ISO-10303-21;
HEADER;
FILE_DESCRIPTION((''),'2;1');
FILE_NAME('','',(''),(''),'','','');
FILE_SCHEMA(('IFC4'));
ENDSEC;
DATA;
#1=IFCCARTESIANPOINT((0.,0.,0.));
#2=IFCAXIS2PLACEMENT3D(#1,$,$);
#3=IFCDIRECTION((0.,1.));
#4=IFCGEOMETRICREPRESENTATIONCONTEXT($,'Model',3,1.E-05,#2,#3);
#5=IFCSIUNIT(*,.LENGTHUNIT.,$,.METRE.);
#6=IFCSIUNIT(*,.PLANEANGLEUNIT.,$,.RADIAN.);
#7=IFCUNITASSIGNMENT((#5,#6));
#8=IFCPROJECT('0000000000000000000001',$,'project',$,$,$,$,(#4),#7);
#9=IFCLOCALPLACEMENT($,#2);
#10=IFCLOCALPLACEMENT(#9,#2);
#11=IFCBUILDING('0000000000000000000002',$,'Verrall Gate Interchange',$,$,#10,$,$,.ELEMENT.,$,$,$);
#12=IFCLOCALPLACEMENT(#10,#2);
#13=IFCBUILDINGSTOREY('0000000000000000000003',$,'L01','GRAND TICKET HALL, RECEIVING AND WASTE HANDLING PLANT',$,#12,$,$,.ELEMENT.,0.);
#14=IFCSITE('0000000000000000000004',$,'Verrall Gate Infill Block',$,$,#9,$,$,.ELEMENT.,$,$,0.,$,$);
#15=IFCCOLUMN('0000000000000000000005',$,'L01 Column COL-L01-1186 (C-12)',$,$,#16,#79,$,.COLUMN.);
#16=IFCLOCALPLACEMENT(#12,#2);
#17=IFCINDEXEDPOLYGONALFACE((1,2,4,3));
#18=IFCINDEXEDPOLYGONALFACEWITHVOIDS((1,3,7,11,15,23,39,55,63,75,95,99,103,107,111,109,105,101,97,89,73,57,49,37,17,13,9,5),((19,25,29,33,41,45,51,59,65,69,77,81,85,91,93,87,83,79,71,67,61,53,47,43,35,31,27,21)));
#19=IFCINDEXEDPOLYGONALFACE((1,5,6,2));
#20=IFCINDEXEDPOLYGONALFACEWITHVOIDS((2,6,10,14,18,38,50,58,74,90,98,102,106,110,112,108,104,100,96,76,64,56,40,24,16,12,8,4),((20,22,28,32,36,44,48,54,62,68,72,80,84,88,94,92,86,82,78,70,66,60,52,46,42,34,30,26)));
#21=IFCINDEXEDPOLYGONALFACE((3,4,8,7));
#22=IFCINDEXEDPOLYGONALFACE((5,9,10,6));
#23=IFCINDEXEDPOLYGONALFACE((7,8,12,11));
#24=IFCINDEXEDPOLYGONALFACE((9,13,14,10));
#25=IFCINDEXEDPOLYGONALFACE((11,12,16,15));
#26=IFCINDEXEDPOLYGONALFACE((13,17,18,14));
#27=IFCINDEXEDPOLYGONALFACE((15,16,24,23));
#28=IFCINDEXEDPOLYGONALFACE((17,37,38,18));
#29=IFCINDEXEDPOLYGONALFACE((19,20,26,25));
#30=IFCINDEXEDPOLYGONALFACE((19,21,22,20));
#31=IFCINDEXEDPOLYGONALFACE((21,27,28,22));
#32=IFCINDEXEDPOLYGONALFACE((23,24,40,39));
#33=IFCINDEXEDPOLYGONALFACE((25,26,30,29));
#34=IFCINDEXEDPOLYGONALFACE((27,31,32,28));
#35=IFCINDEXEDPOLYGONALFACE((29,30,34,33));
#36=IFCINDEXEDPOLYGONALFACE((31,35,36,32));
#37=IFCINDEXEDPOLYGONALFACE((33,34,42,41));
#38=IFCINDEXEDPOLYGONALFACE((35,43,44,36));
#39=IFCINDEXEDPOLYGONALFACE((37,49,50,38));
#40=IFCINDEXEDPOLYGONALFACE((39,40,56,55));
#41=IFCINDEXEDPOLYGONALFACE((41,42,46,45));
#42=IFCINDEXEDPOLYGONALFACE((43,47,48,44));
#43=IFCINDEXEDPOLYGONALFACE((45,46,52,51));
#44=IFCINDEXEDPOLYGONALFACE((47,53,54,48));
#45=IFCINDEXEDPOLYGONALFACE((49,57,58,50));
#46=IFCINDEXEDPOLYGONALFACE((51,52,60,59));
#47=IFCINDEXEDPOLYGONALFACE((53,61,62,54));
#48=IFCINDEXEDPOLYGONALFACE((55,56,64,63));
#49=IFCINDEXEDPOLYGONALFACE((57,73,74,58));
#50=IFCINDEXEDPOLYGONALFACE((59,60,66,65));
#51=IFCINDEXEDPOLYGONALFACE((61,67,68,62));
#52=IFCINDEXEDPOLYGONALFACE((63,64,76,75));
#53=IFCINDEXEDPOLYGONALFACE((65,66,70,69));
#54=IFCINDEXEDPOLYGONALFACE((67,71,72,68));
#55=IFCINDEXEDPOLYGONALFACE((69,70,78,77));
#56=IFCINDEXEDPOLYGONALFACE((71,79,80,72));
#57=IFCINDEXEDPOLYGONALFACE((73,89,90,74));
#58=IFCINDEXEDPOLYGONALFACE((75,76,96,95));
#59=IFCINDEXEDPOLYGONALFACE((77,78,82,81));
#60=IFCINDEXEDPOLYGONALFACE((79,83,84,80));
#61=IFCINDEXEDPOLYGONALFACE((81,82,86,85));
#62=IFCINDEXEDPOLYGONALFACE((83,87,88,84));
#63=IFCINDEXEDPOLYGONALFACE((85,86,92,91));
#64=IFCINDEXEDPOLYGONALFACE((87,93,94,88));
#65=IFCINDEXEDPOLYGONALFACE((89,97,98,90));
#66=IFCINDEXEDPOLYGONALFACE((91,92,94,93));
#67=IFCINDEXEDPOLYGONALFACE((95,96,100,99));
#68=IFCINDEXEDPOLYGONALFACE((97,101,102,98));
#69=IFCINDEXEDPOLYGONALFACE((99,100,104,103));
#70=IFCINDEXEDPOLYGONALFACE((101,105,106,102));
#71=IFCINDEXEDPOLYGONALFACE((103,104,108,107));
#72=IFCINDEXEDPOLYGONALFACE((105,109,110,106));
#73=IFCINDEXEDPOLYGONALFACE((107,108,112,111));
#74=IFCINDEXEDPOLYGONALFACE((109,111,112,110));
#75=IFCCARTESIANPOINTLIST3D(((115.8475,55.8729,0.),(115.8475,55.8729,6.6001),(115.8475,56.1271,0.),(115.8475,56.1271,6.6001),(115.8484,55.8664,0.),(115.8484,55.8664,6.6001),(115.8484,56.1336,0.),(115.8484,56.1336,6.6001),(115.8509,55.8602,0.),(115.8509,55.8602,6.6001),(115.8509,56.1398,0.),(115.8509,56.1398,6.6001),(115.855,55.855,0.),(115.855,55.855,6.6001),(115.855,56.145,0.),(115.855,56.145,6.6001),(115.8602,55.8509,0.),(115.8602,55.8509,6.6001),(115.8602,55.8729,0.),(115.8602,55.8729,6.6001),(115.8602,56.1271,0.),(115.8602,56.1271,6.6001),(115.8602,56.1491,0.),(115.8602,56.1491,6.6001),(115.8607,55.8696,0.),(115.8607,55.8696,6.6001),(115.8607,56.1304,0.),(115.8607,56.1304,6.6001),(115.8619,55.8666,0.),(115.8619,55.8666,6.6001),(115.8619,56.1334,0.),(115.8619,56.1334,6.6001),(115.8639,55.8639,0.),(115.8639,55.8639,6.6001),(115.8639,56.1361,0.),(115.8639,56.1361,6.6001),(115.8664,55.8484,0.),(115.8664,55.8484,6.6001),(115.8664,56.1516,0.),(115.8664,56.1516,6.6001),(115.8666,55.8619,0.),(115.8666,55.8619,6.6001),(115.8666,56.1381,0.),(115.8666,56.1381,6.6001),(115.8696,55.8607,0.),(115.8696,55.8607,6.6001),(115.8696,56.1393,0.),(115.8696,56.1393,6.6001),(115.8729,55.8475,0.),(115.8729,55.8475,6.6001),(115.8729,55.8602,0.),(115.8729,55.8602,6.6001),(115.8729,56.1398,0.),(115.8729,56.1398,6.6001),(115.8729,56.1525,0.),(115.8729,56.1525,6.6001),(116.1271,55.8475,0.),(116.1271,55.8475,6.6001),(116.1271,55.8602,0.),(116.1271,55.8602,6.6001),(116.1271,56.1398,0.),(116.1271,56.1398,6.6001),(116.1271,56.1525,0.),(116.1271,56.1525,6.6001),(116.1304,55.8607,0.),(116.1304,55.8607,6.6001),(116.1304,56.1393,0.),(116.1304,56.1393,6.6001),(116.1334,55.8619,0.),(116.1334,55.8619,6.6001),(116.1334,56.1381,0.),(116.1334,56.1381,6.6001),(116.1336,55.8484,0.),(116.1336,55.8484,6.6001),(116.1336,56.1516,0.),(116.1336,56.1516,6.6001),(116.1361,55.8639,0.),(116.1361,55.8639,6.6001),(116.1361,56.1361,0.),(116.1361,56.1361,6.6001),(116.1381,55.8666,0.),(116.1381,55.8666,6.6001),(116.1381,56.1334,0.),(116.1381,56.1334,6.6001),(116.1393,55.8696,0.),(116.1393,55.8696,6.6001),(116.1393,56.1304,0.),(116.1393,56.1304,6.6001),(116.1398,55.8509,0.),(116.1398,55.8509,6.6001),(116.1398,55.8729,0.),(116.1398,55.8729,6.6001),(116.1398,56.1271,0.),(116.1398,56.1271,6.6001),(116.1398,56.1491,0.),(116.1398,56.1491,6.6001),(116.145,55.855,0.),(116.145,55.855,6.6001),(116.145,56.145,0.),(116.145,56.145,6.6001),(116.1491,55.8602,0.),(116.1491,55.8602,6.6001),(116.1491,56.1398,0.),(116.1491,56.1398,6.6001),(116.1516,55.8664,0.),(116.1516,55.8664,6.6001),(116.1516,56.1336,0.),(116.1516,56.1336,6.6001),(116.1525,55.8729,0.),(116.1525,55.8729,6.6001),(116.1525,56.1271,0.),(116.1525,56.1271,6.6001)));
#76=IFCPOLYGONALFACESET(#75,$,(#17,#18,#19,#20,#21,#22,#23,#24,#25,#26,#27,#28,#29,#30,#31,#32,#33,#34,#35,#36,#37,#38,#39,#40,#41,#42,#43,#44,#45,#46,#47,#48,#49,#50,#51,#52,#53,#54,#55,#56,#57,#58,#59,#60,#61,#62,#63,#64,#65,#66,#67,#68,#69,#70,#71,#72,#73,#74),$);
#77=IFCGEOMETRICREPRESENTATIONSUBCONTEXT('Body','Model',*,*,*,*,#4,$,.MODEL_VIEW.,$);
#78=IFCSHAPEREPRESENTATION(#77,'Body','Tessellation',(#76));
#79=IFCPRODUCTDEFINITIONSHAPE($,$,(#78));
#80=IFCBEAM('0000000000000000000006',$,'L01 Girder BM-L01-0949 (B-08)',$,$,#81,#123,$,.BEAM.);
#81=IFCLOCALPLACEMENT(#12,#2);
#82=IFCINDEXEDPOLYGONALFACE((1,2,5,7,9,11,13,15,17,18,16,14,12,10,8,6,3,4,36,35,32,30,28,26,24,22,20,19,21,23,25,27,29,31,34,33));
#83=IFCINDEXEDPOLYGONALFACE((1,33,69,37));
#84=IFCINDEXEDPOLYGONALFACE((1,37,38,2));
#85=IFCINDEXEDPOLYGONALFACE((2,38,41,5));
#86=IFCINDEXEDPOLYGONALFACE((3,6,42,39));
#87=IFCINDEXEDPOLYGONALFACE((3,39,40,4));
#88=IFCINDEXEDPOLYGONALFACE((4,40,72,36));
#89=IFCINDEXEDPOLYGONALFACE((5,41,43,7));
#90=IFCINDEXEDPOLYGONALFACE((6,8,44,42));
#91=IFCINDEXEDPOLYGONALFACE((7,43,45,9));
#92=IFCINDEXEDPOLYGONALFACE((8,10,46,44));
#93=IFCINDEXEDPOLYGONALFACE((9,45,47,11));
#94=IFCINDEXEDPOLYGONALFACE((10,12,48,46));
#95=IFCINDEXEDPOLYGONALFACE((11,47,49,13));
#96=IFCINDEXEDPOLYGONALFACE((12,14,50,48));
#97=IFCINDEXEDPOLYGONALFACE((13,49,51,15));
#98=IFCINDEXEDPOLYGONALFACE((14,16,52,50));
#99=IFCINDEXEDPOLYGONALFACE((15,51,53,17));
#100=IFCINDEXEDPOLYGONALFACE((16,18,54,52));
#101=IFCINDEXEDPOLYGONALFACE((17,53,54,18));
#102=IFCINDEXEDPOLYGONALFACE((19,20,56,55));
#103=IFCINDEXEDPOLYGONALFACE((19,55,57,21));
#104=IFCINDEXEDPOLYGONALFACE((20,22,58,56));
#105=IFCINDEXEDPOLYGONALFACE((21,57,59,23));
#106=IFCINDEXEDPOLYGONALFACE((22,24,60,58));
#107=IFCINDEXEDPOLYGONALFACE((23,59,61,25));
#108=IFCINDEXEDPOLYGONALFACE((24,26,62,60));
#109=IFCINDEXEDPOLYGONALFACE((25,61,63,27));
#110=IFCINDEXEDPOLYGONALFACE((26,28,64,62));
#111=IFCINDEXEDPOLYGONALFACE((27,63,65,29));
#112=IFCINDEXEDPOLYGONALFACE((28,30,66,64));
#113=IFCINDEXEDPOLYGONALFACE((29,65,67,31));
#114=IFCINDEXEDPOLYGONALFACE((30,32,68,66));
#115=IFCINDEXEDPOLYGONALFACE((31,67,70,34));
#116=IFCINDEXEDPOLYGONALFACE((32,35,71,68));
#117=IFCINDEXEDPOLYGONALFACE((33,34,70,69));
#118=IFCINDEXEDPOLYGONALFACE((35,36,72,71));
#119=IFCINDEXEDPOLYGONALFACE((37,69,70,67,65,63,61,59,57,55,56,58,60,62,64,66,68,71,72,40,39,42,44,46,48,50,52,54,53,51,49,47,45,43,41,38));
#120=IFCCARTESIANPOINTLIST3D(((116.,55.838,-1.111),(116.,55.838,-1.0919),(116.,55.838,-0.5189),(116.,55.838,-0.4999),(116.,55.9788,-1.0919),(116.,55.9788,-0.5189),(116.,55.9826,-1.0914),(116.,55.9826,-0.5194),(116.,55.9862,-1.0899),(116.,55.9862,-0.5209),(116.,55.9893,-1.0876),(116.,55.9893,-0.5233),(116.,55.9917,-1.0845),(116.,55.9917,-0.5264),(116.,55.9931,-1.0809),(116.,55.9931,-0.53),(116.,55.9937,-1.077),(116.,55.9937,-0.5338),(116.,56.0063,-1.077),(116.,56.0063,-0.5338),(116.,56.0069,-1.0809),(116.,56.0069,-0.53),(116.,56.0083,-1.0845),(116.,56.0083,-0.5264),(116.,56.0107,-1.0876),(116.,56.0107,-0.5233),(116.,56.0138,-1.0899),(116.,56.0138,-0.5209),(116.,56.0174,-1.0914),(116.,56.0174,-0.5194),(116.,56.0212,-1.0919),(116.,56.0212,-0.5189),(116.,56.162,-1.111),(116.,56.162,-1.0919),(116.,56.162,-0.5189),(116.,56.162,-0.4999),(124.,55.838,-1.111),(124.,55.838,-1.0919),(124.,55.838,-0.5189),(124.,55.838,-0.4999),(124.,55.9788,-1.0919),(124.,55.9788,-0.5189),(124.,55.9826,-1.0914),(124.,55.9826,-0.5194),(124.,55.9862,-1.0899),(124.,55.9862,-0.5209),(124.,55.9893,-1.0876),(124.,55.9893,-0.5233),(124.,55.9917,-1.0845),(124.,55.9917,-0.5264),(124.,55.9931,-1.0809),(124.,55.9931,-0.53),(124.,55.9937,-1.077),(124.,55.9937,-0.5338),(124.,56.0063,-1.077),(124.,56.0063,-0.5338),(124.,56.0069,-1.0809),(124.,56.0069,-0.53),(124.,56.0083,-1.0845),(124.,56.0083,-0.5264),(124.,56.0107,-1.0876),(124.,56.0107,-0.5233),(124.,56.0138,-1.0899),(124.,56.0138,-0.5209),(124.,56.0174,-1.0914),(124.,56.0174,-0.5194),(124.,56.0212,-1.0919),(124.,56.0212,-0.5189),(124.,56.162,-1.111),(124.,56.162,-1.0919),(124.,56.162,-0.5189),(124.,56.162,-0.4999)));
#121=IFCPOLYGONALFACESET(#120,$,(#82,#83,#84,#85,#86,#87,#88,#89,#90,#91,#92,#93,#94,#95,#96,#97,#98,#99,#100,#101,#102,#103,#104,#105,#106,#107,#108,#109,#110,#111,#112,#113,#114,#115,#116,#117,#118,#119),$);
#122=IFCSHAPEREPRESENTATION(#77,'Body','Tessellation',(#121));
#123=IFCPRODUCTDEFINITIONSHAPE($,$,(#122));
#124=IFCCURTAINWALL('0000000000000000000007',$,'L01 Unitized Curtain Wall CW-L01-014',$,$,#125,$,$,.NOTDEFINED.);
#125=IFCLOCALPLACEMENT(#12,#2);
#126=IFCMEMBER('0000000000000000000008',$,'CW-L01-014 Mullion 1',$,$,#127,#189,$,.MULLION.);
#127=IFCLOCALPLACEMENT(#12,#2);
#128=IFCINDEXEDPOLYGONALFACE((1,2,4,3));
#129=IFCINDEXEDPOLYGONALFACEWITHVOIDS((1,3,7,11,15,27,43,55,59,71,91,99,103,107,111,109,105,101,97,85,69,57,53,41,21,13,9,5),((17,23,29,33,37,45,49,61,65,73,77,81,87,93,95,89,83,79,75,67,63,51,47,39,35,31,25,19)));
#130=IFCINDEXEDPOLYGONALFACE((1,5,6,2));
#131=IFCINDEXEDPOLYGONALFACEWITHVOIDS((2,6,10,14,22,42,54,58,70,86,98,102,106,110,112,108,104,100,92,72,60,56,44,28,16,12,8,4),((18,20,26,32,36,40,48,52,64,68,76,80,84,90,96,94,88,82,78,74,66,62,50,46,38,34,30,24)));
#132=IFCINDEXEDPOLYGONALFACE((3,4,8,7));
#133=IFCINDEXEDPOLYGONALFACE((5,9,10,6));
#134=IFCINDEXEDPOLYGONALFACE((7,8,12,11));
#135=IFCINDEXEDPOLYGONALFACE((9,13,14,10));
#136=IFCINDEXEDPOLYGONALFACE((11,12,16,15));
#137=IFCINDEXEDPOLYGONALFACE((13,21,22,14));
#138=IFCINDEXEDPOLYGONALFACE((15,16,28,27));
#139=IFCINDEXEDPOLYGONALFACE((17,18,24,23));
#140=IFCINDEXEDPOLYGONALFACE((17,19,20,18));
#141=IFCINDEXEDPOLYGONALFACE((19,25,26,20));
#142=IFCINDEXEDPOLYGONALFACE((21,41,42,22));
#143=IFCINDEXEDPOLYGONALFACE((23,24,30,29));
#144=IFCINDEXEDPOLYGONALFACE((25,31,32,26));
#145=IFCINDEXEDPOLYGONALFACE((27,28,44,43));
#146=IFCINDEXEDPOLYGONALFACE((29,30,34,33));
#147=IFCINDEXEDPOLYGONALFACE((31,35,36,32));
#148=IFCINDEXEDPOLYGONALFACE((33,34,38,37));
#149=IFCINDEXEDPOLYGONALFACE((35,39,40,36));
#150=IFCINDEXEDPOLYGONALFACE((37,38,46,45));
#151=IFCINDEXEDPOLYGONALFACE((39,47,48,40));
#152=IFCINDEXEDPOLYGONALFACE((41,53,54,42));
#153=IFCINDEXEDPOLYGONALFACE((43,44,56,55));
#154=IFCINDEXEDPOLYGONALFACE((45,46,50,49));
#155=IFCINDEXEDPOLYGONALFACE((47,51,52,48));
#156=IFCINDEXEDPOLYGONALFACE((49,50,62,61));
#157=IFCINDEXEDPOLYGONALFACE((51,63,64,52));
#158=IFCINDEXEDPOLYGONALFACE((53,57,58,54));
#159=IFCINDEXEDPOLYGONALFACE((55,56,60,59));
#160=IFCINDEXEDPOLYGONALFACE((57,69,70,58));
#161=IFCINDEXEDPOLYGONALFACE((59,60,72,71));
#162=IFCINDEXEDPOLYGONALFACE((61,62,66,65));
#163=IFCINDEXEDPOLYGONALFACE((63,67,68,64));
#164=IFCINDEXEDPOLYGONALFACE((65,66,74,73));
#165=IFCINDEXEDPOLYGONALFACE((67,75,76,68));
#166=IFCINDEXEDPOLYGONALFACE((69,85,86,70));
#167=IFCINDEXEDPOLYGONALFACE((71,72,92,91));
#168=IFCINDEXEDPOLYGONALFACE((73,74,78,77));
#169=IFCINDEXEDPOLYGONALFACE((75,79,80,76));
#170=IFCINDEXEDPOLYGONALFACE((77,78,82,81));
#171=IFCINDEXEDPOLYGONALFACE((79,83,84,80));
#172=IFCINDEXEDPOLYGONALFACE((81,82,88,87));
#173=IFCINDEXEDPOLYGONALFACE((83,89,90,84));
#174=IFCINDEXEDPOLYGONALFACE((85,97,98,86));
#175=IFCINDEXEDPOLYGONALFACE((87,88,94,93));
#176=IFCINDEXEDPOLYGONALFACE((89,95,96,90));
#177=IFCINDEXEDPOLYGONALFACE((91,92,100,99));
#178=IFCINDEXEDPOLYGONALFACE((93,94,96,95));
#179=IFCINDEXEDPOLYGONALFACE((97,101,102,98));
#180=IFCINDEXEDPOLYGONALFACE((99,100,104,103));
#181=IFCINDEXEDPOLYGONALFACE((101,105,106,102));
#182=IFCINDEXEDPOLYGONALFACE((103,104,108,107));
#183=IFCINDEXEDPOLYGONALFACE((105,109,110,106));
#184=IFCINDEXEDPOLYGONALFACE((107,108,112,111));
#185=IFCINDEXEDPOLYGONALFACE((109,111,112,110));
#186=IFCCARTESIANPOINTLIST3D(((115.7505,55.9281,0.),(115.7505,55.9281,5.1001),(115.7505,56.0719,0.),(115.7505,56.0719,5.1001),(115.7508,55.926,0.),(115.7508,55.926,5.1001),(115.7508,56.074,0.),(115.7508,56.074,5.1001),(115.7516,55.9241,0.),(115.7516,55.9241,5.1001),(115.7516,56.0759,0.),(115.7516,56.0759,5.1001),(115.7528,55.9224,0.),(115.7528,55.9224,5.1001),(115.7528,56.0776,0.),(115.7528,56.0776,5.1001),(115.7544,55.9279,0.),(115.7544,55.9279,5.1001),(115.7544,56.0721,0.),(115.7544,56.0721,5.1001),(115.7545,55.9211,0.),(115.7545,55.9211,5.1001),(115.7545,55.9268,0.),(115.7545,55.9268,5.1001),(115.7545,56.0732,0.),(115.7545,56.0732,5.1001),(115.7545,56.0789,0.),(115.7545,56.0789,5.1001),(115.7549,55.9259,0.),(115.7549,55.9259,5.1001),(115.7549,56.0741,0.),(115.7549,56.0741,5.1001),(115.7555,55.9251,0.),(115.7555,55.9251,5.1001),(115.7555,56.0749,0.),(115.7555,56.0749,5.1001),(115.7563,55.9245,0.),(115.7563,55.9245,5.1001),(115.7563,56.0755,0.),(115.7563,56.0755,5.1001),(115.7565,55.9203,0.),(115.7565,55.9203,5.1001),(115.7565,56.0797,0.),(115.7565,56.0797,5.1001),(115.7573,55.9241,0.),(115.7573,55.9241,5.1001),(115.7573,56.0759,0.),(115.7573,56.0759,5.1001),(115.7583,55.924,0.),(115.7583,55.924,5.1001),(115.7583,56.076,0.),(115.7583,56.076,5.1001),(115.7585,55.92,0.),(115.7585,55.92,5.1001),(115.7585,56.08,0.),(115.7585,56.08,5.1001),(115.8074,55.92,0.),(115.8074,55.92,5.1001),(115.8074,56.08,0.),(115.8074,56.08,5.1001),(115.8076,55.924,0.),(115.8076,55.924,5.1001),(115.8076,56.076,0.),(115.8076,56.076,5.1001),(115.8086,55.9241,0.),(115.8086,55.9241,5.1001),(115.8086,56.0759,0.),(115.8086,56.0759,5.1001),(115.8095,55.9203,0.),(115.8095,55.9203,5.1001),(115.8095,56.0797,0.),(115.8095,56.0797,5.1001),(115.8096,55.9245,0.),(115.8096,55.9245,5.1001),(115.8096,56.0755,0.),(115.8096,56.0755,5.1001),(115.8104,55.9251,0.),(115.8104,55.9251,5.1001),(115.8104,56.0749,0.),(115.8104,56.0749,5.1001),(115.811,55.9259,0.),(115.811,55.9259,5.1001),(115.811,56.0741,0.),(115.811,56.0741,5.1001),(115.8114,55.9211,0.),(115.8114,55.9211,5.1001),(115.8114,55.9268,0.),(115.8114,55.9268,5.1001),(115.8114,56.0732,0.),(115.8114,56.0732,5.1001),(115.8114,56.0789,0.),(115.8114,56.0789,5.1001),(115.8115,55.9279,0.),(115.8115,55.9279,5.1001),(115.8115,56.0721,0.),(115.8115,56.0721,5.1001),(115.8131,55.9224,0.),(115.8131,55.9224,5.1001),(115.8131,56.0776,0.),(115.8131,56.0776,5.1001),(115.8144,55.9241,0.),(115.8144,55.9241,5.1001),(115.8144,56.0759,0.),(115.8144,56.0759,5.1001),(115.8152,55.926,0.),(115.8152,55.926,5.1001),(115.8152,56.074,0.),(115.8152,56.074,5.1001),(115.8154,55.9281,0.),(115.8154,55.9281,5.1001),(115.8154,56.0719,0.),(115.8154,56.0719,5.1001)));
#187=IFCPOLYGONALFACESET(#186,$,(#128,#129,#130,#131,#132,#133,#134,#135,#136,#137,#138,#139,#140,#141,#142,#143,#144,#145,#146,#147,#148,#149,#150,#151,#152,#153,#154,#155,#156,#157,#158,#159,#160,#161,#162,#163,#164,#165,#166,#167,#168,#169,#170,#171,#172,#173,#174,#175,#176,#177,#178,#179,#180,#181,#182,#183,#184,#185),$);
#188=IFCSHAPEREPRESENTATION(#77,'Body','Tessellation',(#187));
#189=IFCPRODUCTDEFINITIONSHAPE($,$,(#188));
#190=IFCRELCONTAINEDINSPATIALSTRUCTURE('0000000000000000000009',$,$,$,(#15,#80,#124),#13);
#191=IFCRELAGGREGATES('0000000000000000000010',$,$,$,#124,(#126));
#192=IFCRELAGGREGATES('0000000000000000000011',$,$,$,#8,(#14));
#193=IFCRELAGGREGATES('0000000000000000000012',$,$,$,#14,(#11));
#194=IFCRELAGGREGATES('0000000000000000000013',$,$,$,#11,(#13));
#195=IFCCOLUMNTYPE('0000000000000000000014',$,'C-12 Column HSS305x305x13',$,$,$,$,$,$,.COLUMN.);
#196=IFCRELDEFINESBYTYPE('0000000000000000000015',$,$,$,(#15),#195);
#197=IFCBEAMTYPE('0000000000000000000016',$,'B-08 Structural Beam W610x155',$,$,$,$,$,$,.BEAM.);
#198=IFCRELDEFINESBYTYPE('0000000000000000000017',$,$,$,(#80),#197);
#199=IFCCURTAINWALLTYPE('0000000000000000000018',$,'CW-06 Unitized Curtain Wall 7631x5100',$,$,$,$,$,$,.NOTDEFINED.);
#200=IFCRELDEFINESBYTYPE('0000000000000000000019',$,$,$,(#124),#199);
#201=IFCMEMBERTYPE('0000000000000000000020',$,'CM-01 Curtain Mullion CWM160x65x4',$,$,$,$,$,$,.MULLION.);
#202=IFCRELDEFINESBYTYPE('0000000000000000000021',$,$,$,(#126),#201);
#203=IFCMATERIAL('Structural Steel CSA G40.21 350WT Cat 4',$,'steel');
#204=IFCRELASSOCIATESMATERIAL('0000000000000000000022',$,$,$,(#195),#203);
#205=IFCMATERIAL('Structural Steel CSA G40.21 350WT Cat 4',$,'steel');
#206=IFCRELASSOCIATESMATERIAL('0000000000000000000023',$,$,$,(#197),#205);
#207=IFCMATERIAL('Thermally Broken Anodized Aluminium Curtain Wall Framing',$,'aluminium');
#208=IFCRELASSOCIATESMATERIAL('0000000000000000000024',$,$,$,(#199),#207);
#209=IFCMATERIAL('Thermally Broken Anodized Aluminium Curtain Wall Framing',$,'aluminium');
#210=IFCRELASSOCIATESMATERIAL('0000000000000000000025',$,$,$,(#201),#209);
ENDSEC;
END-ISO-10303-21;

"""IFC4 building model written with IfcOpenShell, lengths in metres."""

from ifc_helpers import new_model, si_unit, direction, frame, origin, origin_2d, place, context, subcontext, project, spatial, hollow_rectangle, i_section, extrude, material, material_profile, profile_set, type_object, element, aggregate, save


model = new_model("IFC4")

# Units and contexts
model_context = context("Model", 3, precision=1e-05, world=origin(), true_north=direction((0.0, 1.0)))
body_context = subcontext(model_context, "Body", "Model", "MODEL_VIEW")
ifc_project = project(units=[si_unit("LENGTHUNIT", "METRE"), si_unit("PLANEANGLEUNIT", "RADIAN")], contexts=[model_context])

# Site, building, storey
site_placement = place(None, origin())
site = spatial("IfcSite", under=ifc_project, at=site_placement, Name="Verrall Gate Infill Block", CompositionType="ELEMENT", RefElevation=0.0)
building_placement = place(site_placement, origin())
building = spatial("IfcBuilding", under=site, at=building_placement, Name="Verrall Gate Interchange", CompositionType="ELEMENT")
storey_placement = place(building_placement, origin())
storey = spatial("IfcBuildingStorey", under=building, at=storey_placement, Name="L01", Description="GRAND TICKET HALL, RECEIVING AND WASTE HANDLING PLANT", CompositionType="ELEMENT", Elevation=0.0)

# Column
ifc_material_1 = material(Name="Structural Steel CSA G40.21 350WT Cat 4", Category="steel")
ifc_material_profile_1 = material_profile(ifc_material_1, hollow_rectangle(XDim=0.3049, YDim=0.3049, WallThickness=0.0127, InnerFilletRadius=0.0127, OuterFilletRadius=0.0254, at=origin_2d()), Name="HSS305x305x13")
ifc_profile_set_1 = profile_set([ifc_material_profile_1], Name="Structural Steel CSA G40.21 350WT Cat 4")
column_type = type_object("IfcColumnType", Name="C-12 Column HSS305x305x13", PredefinedType="COLUMN", material=ifc_profile_set_1)
column_placement = place(storey_placement, frame((116.0, 56.0, 0.0), z_axis=(0.0, 0.0, 1.0), x_axis=(1.0, 0.0, 0.0)))
element("IfcColumn", 1, at=column_placement, inside=storey, type_object=column_type, Name="L01 Column COL-L01-1186 (C-12)", PredefinedType="COLUMN", context=body_context, shape_type="SweptSolid", body=[
    extrude(hollow_rectangle(XDim=0.3049, YDim=0.3049, WallThickness=0.0127, InnerFilletRadius=0.0127, OuterFilletRadius=0.0254, at=origin_2d()), origin(), (0.0, 0.0, 1.0), 6.6001),
])

# Beam
ifc_material_2 = material(Name="Structural Steel CSA G40.21 350WT Cat 4", Category="steel")
ifc_material_profile_2 = material_profile(ifc_material_2, i_section(OverallWidth=0.324, OverallDepth=0.6111, WebThickness=0.0127, FlangeThickness=0.019, FilletRadius=0.0149, at=origin_2d()), Name="W610x155")
ifc_profile_set_2 = profile_set([ifc_material_profile_2], Name="Structural Steel CSA G40.21 350WT Cat 4")
beam_type = type_object("IfcBeamType", Name="B-08 Structural Beam W610x155", PredefinedType="BEAM", material=ifc_profile_set_2)
beam_placement = place(storey_placement, frame((116.0, 56.0, -0.8054), z_axis=(1.0, 0.0, 0.0), x_axis=(0.0, 1.0, 0.0)))
element("IfcBeam", 2, at=beam_placement, inside=storey, type_object=beam_type, Name="L01 Girder BM-L01-0949 (B-08)", PredefinedType="BEAM", context=body_context, shape_type="SweptSolid", body=[
    extrude(i_section(OverallWidth=0.324, OverallDepth=0.6111, WebThickness=0.0127, FlangeThickness=0.019, FilletRadius=0.0149, at=origin_2d()), origin(), (0.0, 0.0, 1.0), 8.0),
])

# Curtain wall, member
ifc_material_3 = material(Name="Thermally Broken Anodized Aluminium Curtain Wall Framing", Category="aluminium")
curtain_wall_type = type_object("IfcCurtainWallType", Name="CW-06 Unitized Curtain Wall 7631x5100", PredefinedType="NOTDEFINED", material=ifc_material_3)
curtain_wall_1_placement = place(storey_placement, origin())
curtain_wall_1 = element("IfcCurtainWall", 3, at=curtain_wall_1_placement, inside=storey, type_object=curtain_wall_type, Name="L01 Unitized Curtain Wall CW-L01-014", PredefinedType="NOTDEFINED")
ifc_material_4 = material(Name="Thermally Broken Anodized Aluminium Curtain Wall Framing", Category="aluminium")
ifc_material_profile_3 = material_profile(ifc_material_4, hollow_rectangle(XDim=0.0649, YDim=0.1599, WallThickness=0.0039, InnerFilletRadius=0.0039, OuterFilletRadius=0.0081, at=origin_2d()), Name="CWM160x65x4")
ifc_profile_set_3 = profile_set([ifc_material_profile_3], Name="Thermally Broken Anodized Aluminium Curtain Wall Framing")
member_type_1 = type_object("IfcMemberType", Name="CM-01 Curtain Mullion CWM160x65x4", PredefinedType="MULLION", material=ifc_profile_set_3)
member_1_placement = place(storey_placement, frame((115.783, 56.0, 0.0), z_axis=(0.0, 0.0, 1.0), x_axis=(-1.0, 0.0, 0.0)))
member_1 = element("IfcMember", 4, at=member_1_placement, type_object=member_type_1, Name="CW-L01-014 Mullion 1", PredefinedType="MULLION", context=body_context, shape_type="SweptSolid", body=[
    extrude(hollow_rectangle(XDim=0.0649, YDim=0.1599, WallThickness=0.0039, InnerFilletRadius=0.0039, OuterFilletRadius=0.0081, at=origin_2d()), origin(), (0.0, 0.0, 1.0), 5.1001),
])

aggregate(curtain_wall_1, [member_1])

save(model, "model.ifc")
